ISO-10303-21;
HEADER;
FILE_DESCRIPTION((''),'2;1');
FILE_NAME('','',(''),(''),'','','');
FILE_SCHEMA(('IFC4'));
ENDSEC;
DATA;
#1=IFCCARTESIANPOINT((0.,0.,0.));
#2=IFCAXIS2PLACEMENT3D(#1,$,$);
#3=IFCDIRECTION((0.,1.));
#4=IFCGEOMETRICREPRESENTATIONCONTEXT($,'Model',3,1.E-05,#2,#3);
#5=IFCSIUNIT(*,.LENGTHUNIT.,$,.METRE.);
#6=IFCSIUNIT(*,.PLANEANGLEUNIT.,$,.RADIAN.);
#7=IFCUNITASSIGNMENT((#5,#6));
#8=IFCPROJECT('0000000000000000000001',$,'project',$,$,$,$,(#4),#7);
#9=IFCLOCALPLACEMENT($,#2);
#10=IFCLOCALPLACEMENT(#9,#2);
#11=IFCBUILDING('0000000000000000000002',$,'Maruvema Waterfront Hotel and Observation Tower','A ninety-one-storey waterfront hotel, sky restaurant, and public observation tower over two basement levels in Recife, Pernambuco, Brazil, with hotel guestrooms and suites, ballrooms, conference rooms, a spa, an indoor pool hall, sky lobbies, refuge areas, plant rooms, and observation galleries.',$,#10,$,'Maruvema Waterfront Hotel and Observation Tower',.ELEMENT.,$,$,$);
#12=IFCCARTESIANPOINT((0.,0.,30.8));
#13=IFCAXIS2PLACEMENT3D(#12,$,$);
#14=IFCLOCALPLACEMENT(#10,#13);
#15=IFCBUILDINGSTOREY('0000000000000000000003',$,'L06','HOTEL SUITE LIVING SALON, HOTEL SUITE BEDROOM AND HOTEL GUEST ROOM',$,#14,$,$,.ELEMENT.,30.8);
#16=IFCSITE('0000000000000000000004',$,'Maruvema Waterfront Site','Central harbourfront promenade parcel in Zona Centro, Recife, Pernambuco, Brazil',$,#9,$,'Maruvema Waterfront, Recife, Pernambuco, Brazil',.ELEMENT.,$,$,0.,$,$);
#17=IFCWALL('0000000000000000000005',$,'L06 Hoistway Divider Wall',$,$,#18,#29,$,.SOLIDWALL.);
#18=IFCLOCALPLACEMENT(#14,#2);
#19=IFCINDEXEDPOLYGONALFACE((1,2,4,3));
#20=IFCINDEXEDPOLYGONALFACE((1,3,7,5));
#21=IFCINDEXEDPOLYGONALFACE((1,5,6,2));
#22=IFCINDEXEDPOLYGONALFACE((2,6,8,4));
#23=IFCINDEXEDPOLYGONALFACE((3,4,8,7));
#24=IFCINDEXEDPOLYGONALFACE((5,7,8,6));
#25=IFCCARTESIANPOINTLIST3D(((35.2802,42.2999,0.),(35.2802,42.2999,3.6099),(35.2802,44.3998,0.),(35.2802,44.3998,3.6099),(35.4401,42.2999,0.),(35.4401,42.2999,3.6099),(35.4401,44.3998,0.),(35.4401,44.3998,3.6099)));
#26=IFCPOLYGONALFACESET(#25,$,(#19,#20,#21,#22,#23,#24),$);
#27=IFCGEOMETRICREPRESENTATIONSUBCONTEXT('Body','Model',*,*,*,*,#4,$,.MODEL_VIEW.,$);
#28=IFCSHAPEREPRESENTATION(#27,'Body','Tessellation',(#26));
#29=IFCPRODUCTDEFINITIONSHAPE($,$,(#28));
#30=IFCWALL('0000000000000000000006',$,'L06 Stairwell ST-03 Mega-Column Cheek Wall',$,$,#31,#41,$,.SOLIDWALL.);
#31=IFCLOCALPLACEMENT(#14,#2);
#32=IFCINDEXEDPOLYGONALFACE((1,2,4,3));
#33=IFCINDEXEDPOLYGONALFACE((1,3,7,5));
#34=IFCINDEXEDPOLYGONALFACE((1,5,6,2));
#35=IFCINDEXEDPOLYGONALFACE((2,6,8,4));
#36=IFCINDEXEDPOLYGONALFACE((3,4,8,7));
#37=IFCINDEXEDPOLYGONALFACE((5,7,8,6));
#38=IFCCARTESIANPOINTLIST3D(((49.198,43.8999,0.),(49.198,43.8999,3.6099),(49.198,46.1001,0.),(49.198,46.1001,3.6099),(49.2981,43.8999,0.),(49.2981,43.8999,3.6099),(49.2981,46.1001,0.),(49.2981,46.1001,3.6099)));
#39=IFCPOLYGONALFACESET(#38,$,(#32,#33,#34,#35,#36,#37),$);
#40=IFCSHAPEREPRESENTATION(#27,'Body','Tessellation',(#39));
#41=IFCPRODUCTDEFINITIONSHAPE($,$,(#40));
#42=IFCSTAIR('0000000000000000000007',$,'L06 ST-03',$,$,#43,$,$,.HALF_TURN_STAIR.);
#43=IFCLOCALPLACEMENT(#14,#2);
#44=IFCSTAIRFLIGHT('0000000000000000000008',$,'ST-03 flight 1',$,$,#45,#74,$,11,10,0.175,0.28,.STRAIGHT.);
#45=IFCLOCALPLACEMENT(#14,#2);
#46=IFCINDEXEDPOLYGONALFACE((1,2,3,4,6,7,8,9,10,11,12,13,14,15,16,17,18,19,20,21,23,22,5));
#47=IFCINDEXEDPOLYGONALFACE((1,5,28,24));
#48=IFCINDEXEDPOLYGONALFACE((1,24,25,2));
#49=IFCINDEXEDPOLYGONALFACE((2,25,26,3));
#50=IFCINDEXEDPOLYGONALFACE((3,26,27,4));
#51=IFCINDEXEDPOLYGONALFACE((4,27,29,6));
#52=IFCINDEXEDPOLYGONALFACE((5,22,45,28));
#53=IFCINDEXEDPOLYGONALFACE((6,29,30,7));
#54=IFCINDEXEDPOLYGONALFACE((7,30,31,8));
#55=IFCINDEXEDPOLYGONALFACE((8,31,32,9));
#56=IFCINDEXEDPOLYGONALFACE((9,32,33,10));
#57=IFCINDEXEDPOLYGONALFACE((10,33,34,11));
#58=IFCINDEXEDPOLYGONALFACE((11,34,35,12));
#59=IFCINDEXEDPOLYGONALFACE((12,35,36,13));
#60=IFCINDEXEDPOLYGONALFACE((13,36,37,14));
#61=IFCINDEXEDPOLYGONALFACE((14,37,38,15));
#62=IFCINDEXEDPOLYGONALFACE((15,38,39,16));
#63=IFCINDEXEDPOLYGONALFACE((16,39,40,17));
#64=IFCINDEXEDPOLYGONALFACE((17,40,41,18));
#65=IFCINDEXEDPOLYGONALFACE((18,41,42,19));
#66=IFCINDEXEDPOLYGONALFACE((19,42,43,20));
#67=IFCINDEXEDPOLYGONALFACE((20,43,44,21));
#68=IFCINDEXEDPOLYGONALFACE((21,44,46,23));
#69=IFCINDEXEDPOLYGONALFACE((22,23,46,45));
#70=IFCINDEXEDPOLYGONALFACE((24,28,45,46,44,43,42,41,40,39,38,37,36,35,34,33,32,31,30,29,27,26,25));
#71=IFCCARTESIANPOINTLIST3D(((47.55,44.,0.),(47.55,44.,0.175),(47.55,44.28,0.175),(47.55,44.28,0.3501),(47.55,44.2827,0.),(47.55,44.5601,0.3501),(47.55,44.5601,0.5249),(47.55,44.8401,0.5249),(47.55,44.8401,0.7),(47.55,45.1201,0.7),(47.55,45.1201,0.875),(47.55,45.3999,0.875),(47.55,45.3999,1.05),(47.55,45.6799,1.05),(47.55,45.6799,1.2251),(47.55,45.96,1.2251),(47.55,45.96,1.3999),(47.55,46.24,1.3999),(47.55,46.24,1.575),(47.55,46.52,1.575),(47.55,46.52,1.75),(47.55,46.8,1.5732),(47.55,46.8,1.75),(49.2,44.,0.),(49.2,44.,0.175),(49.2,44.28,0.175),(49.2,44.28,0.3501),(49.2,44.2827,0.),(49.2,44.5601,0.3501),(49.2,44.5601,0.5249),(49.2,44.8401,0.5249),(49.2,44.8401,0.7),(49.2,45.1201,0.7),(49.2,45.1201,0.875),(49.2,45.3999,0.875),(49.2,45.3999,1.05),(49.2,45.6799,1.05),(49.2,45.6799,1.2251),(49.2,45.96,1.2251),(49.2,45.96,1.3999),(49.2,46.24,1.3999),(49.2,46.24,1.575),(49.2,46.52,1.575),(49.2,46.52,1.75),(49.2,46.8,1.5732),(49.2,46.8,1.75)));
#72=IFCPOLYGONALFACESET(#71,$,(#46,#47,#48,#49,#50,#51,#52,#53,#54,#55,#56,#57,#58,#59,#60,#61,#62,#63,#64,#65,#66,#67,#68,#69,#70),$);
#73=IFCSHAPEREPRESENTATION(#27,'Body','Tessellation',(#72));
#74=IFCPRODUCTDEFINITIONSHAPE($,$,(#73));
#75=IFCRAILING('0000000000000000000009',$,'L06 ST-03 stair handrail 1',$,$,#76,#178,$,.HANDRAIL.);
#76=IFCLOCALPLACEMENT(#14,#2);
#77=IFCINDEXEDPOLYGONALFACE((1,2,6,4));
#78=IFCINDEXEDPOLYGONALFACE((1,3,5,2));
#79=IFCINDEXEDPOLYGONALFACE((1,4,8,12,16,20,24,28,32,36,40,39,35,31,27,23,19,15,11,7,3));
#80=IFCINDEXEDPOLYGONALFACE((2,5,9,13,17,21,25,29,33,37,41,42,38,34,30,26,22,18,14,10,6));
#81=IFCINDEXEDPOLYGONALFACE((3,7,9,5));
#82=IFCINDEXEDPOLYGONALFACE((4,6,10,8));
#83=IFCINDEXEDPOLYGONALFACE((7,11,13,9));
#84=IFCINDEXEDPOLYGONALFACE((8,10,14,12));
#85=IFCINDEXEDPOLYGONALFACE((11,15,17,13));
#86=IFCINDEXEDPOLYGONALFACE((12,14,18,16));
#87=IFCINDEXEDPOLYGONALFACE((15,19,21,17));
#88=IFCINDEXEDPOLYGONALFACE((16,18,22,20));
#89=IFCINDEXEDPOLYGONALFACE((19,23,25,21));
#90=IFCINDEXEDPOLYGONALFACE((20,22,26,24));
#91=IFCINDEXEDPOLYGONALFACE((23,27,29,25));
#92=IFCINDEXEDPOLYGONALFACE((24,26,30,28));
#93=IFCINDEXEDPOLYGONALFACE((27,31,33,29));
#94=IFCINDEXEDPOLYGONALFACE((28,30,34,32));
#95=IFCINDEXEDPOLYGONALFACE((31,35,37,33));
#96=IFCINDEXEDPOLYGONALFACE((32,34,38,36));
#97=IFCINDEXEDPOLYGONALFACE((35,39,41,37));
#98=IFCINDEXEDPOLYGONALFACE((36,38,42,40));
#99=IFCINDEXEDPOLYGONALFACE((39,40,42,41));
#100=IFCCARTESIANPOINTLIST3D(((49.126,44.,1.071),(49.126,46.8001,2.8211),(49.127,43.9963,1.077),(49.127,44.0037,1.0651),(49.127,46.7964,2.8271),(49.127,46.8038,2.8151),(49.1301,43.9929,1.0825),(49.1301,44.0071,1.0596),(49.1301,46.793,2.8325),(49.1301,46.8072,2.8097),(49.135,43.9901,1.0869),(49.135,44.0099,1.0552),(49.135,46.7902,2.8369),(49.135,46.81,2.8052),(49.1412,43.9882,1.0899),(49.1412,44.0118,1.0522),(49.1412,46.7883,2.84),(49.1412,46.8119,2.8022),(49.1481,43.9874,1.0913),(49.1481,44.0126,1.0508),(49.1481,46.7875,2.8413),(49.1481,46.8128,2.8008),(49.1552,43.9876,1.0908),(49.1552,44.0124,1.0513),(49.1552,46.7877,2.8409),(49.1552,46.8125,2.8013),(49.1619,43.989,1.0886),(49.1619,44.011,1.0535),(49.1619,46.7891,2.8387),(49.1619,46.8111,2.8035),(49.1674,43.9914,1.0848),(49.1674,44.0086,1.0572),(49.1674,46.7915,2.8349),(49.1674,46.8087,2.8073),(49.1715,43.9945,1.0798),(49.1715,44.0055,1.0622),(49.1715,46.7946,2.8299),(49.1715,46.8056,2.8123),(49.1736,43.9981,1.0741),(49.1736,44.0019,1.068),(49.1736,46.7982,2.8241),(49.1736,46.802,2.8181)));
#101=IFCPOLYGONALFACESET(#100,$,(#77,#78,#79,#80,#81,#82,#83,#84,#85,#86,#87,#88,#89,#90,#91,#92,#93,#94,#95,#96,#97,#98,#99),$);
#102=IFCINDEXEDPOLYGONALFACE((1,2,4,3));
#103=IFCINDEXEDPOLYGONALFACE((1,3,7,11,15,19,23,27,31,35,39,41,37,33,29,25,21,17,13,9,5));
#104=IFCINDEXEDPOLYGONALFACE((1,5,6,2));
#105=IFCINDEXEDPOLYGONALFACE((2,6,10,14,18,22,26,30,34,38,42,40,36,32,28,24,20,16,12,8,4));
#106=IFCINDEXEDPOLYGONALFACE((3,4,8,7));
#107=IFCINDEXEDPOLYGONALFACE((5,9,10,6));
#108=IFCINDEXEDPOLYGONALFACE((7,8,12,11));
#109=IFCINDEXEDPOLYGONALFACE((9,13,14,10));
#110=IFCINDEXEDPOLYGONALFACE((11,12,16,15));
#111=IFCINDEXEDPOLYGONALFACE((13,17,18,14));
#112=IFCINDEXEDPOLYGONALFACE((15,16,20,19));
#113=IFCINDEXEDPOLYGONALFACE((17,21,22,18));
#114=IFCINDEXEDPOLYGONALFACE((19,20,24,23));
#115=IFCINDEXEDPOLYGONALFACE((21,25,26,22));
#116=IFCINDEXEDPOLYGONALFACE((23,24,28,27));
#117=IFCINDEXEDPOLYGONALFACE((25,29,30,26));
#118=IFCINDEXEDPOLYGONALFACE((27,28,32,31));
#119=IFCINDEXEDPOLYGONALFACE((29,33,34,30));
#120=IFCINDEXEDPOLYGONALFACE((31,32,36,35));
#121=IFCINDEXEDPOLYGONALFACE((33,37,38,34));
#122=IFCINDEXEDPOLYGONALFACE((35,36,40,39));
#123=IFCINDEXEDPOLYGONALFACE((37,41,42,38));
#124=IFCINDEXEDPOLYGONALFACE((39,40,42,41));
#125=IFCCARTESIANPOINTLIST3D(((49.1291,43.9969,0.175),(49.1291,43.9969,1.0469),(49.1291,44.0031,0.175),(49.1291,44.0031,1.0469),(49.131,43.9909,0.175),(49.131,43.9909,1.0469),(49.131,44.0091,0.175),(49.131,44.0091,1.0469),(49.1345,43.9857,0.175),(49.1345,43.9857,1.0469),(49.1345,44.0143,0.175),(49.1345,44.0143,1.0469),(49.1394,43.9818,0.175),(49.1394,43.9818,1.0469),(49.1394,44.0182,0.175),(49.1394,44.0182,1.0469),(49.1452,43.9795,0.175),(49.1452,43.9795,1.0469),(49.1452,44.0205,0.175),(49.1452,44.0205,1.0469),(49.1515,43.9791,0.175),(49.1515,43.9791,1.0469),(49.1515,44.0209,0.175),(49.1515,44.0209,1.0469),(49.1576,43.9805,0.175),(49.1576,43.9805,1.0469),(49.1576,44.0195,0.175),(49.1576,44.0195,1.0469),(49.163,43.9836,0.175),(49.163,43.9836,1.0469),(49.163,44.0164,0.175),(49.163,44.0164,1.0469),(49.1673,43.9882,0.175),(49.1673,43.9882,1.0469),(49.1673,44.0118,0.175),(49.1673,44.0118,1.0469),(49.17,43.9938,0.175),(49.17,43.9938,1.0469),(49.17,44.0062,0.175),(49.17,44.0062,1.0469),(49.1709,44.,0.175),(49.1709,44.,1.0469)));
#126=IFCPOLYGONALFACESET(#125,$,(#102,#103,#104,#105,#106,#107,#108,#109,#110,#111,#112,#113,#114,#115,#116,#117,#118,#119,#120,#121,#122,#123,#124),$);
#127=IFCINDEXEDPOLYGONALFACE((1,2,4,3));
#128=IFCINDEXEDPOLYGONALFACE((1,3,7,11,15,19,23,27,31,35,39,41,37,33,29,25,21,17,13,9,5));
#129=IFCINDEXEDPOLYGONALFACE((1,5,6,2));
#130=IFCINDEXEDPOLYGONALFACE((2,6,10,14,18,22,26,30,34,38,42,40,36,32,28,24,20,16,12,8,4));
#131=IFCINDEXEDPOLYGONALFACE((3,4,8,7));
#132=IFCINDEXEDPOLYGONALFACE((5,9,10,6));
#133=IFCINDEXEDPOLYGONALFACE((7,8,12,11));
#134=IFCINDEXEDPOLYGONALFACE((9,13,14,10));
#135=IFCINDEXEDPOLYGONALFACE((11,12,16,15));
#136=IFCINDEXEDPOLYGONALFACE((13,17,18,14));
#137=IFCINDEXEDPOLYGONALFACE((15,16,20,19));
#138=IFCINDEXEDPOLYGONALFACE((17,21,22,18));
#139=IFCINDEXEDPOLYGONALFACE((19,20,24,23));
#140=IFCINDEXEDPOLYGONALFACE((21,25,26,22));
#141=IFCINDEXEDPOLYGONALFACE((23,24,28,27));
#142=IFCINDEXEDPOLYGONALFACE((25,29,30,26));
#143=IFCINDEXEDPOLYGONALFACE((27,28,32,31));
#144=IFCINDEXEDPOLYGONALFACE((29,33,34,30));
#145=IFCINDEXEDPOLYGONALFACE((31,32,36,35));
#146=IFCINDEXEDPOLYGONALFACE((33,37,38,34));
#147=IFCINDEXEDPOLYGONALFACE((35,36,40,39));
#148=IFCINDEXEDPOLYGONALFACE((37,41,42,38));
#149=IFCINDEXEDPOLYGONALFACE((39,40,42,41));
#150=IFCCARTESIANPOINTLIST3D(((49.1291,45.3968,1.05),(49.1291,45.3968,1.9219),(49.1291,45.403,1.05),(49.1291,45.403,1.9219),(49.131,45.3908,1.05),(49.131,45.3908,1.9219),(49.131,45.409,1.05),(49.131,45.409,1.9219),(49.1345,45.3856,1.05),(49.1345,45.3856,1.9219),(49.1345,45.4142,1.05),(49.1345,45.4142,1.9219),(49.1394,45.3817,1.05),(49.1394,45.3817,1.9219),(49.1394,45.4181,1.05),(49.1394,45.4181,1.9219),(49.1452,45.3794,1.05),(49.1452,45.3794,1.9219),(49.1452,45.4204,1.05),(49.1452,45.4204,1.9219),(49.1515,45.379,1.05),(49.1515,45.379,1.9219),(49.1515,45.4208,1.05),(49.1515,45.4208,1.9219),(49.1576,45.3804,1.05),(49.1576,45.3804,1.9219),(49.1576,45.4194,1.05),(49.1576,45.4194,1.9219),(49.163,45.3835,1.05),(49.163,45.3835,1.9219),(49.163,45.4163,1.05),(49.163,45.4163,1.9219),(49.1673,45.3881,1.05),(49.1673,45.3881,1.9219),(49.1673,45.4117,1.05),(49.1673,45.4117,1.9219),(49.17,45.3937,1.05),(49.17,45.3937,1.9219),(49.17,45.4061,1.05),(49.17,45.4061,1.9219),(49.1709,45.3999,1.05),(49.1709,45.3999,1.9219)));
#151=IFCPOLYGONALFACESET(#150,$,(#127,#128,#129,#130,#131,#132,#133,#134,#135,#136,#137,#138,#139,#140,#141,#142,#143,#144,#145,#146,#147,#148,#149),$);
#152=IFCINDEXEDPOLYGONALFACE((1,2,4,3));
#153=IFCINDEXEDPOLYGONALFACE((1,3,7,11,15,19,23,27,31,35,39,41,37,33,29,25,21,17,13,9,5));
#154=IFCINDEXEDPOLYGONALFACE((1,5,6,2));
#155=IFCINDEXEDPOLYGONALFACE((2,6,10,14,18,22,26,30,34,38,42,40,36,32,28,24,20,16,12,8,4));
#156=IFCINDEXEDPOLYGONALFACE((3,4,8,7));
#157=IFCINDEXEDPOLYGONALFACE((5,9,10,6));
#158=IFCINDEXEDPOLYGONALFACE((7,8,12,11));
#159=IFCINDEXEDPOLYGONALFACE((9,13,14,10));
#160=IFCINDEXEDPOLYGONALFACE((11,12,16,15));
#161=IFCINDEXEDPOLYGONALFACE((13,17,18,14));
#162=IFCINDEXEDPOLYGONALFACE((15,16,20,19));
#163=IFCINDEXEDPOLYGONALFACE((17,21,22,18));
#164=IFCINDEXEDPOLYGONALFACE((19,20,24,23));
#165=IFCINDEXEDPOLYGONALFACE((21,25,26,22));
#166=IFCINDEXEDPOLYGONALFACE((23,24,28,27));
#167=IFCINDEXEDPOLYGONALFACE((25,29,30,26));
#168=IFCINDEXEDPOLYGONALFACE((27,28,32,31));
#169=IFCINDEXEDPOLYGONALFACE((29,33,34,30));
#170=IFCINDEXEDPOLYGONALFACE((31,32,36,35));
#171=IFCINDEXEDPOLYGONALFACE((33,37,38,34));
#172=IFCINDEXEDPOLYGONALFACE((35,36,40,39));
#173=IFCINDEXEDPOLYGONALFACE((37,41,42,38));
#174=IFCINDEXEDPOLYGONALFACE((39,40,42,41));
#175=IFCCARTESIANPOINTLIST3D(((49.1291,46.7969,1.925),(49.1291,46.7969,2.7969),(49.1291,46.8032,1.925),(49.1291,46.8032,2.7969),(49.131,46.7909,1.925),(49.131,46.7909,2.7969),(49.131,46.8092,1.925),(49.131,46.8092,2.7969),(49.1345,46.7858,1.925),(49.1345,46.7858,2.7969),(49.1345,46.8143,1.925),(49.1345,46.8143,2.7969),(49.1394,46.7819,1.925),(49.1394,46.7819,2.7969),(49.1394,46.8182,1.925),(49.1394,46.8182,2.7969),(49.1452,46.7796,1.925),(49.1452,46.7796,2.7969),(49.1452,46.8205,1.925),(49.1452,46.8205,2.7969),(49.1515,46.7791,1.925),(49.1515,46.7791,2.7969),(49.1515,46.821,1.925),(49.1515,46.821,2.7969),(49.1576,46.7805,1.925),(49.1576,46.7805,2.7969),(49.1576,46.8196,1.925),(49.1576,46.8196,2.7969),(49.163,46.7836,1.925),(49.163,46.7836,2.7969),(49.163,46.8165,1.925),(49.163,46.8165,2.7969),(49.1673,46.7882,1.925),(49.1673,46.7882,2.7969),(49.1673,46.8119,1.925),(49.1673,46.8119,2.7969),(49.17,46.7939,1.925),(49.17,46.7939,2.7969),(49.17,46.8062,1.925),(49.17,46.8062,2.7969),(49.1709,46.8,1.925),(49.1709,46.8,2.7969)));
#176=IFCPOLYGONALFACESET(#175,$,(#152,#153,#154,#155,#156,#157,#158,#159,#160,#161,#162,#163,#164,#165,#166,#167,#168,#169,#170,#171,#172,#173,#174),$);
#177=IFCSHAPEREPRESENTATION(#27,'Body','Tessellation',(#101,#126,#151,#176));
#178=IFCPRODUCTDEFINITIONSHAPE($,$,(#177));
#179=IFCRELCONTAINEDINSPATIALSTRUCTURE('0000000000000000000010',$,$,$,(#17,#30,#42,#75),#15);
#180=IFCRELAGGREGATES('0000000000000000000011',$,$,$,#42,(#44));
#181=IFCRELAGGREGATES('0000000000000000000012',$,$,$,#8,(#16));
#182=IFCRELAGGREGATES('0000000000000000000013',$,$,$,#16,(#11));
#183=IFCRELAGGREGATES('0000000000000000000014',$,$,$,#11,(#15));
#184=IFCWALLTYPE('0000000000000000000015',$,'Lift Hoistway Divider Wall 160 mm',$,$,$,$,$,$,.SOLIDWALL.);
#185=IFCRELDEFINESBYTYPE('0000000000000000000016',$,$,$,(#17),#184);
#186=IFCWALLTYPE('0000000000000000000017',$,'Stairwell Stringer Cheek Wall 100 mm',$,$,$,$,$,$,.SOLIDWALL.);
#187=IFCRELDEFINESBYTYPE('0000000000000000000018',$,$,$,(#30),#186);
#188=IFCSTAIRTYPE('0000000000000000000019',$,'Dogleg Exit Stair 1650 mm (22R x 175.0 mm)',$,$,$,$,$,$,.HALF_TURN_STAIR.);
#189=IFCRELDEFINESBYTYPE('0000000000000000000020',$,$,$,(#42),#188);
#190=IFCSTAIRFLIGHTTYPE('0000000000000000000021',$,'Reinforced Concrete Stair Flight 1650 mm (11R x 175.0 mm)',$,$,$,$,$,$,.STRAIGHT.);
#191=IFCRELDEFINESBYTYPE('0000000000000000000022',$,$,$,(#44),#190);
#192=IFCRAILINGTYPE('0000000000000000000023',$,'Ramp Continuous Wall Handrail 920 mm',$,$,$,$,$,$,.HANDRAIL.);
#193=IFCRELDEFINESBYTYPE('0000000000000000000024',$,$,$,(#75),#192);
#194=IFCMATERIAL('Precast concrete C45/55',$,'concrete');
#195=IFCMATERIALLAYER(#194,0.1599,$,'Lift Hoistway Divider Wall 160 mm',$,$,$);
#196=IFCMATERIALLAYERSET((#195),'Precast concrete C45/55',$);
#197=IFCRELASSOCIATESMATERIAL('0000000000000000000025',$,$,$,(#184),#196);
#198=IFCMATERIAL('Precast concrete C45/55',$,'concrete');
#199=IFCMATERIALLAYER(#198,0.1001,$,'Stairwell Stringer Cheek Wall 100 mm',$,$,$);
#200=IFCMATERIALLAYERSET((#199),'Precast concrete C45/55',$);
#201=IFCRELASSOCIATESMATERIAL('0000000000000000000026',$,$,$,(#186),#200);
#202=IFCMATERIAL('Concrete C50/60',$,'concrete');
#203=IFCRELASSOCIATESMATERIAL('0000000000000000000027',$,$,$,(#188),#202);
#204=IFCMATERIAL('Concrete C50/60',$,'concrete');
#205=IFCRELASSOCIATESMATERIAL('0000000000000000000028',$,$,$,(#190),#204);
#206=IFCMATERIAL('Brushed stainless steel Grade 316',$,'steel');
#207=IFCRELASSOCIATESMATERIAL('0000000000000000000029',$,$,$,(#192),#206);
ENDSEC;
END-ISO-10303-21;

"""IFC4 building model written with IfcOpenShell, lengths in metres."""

from ifc_helpers import new_model, si_unit, direction, frame, frame_2d, origin, origin_2d, place, context, subcontext, project, spatial, polyline, rectangle, circle, outline, extrude, material, layer, layer_set, type_object, element, aggregate, save


model = new_model("IFC4")

# Units and contexts
model_context = context("Model", 3, precision=1e-05, world=origin(), true_north=direction((0.0, 1.0)))
body_context = subcontext(model_context, "Body", "Model", "MODEL_VIEW")
ifc_project = project(units=[si_unit("LENGTHUNIT", "METRE"), si_unit("PLANEANGLEUNIT", "RADIAN")], contexts=[model_context])

# Site, building, storey
site_placement = place(None, origin())
site = spatial("IfcSite", under=ifc_project, at=site_placement, Name="Maruvema Waterfront Site", Description="Central harbourfront promenade parcel in Zona Centro, Recife, Pernambuco, Brazil", LongName="Maruvema Waterfront, Recife, Pernambuco, Brazil", CompositionType="ELEMENT", RefElevation=0.0)
building_placement = place(site_placement, origin())
building = spatial("IfcBuilding", under=site, at=building_placement, Name="Maruvema Waterfront Hotel and Observation Tower", Description="A ninety-one-storey waterfront hotel, sky restaurant, and public observation tower over two basement levels in Recife, Pernambuco, Brazil, with hotel guestrooms and suites, ballrooms, conference rooms, a spa, an indoor pool hall, sky lobbies, refuge areas, plant rooms, and observation galleries.", LongName="Maruvema Waterfront Hotel and Observation Tower", CompositionType="ELEMENT")
storey_placement = place(building_placement, frame((0.0, 0.0, 30.8)))
storey = spatial("IfcBuildingStorey", under=building, at=storey_placement, Name="L06", Description="HOTEL SUITE LIVING SALON, HOTEL SUITE BEDROOM AND HOTEL GUEST ROOM", CompositionType="ELEMENT", Elevation=30.8)

# Walls
ifc_material_1 = material(Name="Precast concrete C45/55", Category="concrete")
ifc_layer_1 = layer(ifc_material_1, 0.1599, Name="Lift Hoistway Divider Wall 160 mm")
ifc_layer_set_1 = layer_set([ifc_layer_1], Name="Precast concrete C45/55")
wall_type_1 = type_object("IfcWallType", Name="Lift Hoistway Divider Wall 160 mm", PredefinedType="SOLIDWALL", material=ifc_layer_set_1)
wall_1_placement = place(storey_placement, frame((35.3601, 42.3, 0.0), z_axis=(0.0, 0.0, 1.0), x_axis=(0.0, 1.0, 0.0)))
element("IfcWall", 1, at=wall_1_placement, inside=storey, type_object=wall_type_1, Name="L06 Hoistway Divider Wall", PredefinedType="SOLIDWALL", context=body_context, shape_type="SweptSolid", body=[
    extrude(rectangle(XDim=2.0999, YDim=0.1599, at=frame_2d((1.0498, 0.0))), origin(), (0.0, 0.0, 1.0), 3.6099),
])
ifc_material_2 = material(Name="Precast concrete C45/55", Category="concrete")
ifc_layer_2 = layer(ifc_material_2, 0.1001, Name="Stairwell Stringer Cheek Wall 100 mm")
ifc_layer_set_2 = layer_set([ifc_layer_2], Name="Precast concrete C45/55")
wall_type_2 = type_object("IfcWallType", Name="Stairwell Stringer Cheek Wall 100 mm", PredefinedType="SOLIDWALL", material=ifc_layer_set_2)
wall_2_placement = place(storey_placement, frame((49.248, 43.8999, 0.0), z_axis=(0.0, 0.0, 1.0), x_axis=(0.0, 1.0, 0.0)))
element("IfcWall", 2, at=wall_2_placement, inside=storey, type_object=wall_type_2, Name="L06 Stairwell ST-03 Mega-Column Cheek Wall", PredefinedType="SOLIDWALL", context=body_context, shape_type="SweptSolid", body=[
    extrude(rectangle(XDim=2.2002, YDim=0.1001, at=frame_2d((1.1001, 0.0))), origin(), (0.0, 0.0, 1.0), 3.6099),
])

# Stair, stair flight
ifc_material_3 = material(Name="Concrete C50/60", Category="concrete")
stair_type = type_object("IfcStairType", Name="Dogleg Exit Stair 1650 mm (22R x 175.0 mm)", PredefinedType="HALF_TURN_STAIR", material=ifc_material_3)
stair_placement = place(storey_placement, origin())
stair = element("IfcStair", 3, at=stair_placement, inside=storey, type_object=stair_type, Name="L06 ST-03", PredefinedType="HALF_TURN_STAIR")
ifc_material_4 = material(Name="Concrete C50/60", Category="concrete")
stair_flight_type = type_object("IfcStairFlightType", Name="Reinforced Concrete Stair Flight 1650 mm (11R x 175.0 mm)", PredefinedType="STRAIGHT", material=ifc_material_4)
stair_flight_placement = place(storey_placement, frame((48.375, 44.0, 0.0), z_axis=(0.0, 0.0, 1.0), x_axis=(0.0, 1.0, 0.0)))
stair_flight = element("IfcStairFlight", 4, at=stair_flight_placement, type_object=stair_flight_type, Name="ST-03 flight 1", NumberOfRisers=11, NumberOfTreads=10, PredefinedType="STRAIGHT", RiserHeight=0.175, TreadLength=0.28, context=body_context, shape_type="SweptSolid", body=[
    extrude(outline(polyline([(0.0, 0.0), (0.0, 0.175), (0.28, 0.175), (0.28, 0.3501), (0.5601, 0.3501), (0.5601, 0.5249), (0.8401, 0.5249), (0.8401, 0.7), (1.1201, 0.7), (1.1201, 0.875), (1.3999, 0.875), (1.3999, 1.05), (1.6799, 1.05), (1.6799, 1.2251), (1.96, 1.2251), (1.96, 1.3999), (2.24, 1.3999), (2.24, 1.575), (2.52, 1.575), (2.52, 1.75), (2.8, 1.75), (2.8, 1.925), (2.8, 1.5732), (0.2827, 0.0), (0.0, 0.0)])), frame((0.0, 0.825, 0.0), z_axis=(0.0, -1.0, 0.0), x_axis=(1.0, 0.0, 0.0)), (0.0, 0.0, 1.0), 1.6499),
])
aggregate(stair, [stair_flight])

# Railing
ifc_material_5 = material(Name="Brushed stainless steel Grade 316", Category="steel")
railing_type_1 = type_object("IfcRailingType", Name="Ramp Continuous Wall Handrail 920 mm", PredefinedType="HANDRAIL", material=ifc_material_5)
railing_1_placement = place(storey_placement, frame((49.1499, 44.0, 0.175)))
element("IfcRailing", 5, at=railing_1_placement, inside=storey, type_object=railing_type_1, Name="L06 ST-03 stair handrail 1", PredefinedType="HANDRAIL", context=body_context, shape_type="SweptSolid", body=[
    extrude(circle(Radius=0.0239, at=origin_2d()), frame((0.0, 0.0, 0.896), z_axis=(0.0, 0.848002, 0.529992), x_axis=(-1.0, 0.0, 0.0)), (0.0, 0.0, 1.0), 3.302),
    extrude(circle(Radius=0.021, at=origin_2d()), origin(), (0.0, 0.0, 1.0), 0.8718),
    extrude(circle(Radius=0.021, at=origin_2d()), frame((0.0, 1.3999, 0.875)), (0.0, 0.0, 1.0), 0.8718),
    extrude(circle(Radius=0.021, at=origin_2d()), frame((0.0, 2.8, 1.75)), (0.0, 0.0, 1.0), 0.8718),
])

save(model, "model.ifc")
